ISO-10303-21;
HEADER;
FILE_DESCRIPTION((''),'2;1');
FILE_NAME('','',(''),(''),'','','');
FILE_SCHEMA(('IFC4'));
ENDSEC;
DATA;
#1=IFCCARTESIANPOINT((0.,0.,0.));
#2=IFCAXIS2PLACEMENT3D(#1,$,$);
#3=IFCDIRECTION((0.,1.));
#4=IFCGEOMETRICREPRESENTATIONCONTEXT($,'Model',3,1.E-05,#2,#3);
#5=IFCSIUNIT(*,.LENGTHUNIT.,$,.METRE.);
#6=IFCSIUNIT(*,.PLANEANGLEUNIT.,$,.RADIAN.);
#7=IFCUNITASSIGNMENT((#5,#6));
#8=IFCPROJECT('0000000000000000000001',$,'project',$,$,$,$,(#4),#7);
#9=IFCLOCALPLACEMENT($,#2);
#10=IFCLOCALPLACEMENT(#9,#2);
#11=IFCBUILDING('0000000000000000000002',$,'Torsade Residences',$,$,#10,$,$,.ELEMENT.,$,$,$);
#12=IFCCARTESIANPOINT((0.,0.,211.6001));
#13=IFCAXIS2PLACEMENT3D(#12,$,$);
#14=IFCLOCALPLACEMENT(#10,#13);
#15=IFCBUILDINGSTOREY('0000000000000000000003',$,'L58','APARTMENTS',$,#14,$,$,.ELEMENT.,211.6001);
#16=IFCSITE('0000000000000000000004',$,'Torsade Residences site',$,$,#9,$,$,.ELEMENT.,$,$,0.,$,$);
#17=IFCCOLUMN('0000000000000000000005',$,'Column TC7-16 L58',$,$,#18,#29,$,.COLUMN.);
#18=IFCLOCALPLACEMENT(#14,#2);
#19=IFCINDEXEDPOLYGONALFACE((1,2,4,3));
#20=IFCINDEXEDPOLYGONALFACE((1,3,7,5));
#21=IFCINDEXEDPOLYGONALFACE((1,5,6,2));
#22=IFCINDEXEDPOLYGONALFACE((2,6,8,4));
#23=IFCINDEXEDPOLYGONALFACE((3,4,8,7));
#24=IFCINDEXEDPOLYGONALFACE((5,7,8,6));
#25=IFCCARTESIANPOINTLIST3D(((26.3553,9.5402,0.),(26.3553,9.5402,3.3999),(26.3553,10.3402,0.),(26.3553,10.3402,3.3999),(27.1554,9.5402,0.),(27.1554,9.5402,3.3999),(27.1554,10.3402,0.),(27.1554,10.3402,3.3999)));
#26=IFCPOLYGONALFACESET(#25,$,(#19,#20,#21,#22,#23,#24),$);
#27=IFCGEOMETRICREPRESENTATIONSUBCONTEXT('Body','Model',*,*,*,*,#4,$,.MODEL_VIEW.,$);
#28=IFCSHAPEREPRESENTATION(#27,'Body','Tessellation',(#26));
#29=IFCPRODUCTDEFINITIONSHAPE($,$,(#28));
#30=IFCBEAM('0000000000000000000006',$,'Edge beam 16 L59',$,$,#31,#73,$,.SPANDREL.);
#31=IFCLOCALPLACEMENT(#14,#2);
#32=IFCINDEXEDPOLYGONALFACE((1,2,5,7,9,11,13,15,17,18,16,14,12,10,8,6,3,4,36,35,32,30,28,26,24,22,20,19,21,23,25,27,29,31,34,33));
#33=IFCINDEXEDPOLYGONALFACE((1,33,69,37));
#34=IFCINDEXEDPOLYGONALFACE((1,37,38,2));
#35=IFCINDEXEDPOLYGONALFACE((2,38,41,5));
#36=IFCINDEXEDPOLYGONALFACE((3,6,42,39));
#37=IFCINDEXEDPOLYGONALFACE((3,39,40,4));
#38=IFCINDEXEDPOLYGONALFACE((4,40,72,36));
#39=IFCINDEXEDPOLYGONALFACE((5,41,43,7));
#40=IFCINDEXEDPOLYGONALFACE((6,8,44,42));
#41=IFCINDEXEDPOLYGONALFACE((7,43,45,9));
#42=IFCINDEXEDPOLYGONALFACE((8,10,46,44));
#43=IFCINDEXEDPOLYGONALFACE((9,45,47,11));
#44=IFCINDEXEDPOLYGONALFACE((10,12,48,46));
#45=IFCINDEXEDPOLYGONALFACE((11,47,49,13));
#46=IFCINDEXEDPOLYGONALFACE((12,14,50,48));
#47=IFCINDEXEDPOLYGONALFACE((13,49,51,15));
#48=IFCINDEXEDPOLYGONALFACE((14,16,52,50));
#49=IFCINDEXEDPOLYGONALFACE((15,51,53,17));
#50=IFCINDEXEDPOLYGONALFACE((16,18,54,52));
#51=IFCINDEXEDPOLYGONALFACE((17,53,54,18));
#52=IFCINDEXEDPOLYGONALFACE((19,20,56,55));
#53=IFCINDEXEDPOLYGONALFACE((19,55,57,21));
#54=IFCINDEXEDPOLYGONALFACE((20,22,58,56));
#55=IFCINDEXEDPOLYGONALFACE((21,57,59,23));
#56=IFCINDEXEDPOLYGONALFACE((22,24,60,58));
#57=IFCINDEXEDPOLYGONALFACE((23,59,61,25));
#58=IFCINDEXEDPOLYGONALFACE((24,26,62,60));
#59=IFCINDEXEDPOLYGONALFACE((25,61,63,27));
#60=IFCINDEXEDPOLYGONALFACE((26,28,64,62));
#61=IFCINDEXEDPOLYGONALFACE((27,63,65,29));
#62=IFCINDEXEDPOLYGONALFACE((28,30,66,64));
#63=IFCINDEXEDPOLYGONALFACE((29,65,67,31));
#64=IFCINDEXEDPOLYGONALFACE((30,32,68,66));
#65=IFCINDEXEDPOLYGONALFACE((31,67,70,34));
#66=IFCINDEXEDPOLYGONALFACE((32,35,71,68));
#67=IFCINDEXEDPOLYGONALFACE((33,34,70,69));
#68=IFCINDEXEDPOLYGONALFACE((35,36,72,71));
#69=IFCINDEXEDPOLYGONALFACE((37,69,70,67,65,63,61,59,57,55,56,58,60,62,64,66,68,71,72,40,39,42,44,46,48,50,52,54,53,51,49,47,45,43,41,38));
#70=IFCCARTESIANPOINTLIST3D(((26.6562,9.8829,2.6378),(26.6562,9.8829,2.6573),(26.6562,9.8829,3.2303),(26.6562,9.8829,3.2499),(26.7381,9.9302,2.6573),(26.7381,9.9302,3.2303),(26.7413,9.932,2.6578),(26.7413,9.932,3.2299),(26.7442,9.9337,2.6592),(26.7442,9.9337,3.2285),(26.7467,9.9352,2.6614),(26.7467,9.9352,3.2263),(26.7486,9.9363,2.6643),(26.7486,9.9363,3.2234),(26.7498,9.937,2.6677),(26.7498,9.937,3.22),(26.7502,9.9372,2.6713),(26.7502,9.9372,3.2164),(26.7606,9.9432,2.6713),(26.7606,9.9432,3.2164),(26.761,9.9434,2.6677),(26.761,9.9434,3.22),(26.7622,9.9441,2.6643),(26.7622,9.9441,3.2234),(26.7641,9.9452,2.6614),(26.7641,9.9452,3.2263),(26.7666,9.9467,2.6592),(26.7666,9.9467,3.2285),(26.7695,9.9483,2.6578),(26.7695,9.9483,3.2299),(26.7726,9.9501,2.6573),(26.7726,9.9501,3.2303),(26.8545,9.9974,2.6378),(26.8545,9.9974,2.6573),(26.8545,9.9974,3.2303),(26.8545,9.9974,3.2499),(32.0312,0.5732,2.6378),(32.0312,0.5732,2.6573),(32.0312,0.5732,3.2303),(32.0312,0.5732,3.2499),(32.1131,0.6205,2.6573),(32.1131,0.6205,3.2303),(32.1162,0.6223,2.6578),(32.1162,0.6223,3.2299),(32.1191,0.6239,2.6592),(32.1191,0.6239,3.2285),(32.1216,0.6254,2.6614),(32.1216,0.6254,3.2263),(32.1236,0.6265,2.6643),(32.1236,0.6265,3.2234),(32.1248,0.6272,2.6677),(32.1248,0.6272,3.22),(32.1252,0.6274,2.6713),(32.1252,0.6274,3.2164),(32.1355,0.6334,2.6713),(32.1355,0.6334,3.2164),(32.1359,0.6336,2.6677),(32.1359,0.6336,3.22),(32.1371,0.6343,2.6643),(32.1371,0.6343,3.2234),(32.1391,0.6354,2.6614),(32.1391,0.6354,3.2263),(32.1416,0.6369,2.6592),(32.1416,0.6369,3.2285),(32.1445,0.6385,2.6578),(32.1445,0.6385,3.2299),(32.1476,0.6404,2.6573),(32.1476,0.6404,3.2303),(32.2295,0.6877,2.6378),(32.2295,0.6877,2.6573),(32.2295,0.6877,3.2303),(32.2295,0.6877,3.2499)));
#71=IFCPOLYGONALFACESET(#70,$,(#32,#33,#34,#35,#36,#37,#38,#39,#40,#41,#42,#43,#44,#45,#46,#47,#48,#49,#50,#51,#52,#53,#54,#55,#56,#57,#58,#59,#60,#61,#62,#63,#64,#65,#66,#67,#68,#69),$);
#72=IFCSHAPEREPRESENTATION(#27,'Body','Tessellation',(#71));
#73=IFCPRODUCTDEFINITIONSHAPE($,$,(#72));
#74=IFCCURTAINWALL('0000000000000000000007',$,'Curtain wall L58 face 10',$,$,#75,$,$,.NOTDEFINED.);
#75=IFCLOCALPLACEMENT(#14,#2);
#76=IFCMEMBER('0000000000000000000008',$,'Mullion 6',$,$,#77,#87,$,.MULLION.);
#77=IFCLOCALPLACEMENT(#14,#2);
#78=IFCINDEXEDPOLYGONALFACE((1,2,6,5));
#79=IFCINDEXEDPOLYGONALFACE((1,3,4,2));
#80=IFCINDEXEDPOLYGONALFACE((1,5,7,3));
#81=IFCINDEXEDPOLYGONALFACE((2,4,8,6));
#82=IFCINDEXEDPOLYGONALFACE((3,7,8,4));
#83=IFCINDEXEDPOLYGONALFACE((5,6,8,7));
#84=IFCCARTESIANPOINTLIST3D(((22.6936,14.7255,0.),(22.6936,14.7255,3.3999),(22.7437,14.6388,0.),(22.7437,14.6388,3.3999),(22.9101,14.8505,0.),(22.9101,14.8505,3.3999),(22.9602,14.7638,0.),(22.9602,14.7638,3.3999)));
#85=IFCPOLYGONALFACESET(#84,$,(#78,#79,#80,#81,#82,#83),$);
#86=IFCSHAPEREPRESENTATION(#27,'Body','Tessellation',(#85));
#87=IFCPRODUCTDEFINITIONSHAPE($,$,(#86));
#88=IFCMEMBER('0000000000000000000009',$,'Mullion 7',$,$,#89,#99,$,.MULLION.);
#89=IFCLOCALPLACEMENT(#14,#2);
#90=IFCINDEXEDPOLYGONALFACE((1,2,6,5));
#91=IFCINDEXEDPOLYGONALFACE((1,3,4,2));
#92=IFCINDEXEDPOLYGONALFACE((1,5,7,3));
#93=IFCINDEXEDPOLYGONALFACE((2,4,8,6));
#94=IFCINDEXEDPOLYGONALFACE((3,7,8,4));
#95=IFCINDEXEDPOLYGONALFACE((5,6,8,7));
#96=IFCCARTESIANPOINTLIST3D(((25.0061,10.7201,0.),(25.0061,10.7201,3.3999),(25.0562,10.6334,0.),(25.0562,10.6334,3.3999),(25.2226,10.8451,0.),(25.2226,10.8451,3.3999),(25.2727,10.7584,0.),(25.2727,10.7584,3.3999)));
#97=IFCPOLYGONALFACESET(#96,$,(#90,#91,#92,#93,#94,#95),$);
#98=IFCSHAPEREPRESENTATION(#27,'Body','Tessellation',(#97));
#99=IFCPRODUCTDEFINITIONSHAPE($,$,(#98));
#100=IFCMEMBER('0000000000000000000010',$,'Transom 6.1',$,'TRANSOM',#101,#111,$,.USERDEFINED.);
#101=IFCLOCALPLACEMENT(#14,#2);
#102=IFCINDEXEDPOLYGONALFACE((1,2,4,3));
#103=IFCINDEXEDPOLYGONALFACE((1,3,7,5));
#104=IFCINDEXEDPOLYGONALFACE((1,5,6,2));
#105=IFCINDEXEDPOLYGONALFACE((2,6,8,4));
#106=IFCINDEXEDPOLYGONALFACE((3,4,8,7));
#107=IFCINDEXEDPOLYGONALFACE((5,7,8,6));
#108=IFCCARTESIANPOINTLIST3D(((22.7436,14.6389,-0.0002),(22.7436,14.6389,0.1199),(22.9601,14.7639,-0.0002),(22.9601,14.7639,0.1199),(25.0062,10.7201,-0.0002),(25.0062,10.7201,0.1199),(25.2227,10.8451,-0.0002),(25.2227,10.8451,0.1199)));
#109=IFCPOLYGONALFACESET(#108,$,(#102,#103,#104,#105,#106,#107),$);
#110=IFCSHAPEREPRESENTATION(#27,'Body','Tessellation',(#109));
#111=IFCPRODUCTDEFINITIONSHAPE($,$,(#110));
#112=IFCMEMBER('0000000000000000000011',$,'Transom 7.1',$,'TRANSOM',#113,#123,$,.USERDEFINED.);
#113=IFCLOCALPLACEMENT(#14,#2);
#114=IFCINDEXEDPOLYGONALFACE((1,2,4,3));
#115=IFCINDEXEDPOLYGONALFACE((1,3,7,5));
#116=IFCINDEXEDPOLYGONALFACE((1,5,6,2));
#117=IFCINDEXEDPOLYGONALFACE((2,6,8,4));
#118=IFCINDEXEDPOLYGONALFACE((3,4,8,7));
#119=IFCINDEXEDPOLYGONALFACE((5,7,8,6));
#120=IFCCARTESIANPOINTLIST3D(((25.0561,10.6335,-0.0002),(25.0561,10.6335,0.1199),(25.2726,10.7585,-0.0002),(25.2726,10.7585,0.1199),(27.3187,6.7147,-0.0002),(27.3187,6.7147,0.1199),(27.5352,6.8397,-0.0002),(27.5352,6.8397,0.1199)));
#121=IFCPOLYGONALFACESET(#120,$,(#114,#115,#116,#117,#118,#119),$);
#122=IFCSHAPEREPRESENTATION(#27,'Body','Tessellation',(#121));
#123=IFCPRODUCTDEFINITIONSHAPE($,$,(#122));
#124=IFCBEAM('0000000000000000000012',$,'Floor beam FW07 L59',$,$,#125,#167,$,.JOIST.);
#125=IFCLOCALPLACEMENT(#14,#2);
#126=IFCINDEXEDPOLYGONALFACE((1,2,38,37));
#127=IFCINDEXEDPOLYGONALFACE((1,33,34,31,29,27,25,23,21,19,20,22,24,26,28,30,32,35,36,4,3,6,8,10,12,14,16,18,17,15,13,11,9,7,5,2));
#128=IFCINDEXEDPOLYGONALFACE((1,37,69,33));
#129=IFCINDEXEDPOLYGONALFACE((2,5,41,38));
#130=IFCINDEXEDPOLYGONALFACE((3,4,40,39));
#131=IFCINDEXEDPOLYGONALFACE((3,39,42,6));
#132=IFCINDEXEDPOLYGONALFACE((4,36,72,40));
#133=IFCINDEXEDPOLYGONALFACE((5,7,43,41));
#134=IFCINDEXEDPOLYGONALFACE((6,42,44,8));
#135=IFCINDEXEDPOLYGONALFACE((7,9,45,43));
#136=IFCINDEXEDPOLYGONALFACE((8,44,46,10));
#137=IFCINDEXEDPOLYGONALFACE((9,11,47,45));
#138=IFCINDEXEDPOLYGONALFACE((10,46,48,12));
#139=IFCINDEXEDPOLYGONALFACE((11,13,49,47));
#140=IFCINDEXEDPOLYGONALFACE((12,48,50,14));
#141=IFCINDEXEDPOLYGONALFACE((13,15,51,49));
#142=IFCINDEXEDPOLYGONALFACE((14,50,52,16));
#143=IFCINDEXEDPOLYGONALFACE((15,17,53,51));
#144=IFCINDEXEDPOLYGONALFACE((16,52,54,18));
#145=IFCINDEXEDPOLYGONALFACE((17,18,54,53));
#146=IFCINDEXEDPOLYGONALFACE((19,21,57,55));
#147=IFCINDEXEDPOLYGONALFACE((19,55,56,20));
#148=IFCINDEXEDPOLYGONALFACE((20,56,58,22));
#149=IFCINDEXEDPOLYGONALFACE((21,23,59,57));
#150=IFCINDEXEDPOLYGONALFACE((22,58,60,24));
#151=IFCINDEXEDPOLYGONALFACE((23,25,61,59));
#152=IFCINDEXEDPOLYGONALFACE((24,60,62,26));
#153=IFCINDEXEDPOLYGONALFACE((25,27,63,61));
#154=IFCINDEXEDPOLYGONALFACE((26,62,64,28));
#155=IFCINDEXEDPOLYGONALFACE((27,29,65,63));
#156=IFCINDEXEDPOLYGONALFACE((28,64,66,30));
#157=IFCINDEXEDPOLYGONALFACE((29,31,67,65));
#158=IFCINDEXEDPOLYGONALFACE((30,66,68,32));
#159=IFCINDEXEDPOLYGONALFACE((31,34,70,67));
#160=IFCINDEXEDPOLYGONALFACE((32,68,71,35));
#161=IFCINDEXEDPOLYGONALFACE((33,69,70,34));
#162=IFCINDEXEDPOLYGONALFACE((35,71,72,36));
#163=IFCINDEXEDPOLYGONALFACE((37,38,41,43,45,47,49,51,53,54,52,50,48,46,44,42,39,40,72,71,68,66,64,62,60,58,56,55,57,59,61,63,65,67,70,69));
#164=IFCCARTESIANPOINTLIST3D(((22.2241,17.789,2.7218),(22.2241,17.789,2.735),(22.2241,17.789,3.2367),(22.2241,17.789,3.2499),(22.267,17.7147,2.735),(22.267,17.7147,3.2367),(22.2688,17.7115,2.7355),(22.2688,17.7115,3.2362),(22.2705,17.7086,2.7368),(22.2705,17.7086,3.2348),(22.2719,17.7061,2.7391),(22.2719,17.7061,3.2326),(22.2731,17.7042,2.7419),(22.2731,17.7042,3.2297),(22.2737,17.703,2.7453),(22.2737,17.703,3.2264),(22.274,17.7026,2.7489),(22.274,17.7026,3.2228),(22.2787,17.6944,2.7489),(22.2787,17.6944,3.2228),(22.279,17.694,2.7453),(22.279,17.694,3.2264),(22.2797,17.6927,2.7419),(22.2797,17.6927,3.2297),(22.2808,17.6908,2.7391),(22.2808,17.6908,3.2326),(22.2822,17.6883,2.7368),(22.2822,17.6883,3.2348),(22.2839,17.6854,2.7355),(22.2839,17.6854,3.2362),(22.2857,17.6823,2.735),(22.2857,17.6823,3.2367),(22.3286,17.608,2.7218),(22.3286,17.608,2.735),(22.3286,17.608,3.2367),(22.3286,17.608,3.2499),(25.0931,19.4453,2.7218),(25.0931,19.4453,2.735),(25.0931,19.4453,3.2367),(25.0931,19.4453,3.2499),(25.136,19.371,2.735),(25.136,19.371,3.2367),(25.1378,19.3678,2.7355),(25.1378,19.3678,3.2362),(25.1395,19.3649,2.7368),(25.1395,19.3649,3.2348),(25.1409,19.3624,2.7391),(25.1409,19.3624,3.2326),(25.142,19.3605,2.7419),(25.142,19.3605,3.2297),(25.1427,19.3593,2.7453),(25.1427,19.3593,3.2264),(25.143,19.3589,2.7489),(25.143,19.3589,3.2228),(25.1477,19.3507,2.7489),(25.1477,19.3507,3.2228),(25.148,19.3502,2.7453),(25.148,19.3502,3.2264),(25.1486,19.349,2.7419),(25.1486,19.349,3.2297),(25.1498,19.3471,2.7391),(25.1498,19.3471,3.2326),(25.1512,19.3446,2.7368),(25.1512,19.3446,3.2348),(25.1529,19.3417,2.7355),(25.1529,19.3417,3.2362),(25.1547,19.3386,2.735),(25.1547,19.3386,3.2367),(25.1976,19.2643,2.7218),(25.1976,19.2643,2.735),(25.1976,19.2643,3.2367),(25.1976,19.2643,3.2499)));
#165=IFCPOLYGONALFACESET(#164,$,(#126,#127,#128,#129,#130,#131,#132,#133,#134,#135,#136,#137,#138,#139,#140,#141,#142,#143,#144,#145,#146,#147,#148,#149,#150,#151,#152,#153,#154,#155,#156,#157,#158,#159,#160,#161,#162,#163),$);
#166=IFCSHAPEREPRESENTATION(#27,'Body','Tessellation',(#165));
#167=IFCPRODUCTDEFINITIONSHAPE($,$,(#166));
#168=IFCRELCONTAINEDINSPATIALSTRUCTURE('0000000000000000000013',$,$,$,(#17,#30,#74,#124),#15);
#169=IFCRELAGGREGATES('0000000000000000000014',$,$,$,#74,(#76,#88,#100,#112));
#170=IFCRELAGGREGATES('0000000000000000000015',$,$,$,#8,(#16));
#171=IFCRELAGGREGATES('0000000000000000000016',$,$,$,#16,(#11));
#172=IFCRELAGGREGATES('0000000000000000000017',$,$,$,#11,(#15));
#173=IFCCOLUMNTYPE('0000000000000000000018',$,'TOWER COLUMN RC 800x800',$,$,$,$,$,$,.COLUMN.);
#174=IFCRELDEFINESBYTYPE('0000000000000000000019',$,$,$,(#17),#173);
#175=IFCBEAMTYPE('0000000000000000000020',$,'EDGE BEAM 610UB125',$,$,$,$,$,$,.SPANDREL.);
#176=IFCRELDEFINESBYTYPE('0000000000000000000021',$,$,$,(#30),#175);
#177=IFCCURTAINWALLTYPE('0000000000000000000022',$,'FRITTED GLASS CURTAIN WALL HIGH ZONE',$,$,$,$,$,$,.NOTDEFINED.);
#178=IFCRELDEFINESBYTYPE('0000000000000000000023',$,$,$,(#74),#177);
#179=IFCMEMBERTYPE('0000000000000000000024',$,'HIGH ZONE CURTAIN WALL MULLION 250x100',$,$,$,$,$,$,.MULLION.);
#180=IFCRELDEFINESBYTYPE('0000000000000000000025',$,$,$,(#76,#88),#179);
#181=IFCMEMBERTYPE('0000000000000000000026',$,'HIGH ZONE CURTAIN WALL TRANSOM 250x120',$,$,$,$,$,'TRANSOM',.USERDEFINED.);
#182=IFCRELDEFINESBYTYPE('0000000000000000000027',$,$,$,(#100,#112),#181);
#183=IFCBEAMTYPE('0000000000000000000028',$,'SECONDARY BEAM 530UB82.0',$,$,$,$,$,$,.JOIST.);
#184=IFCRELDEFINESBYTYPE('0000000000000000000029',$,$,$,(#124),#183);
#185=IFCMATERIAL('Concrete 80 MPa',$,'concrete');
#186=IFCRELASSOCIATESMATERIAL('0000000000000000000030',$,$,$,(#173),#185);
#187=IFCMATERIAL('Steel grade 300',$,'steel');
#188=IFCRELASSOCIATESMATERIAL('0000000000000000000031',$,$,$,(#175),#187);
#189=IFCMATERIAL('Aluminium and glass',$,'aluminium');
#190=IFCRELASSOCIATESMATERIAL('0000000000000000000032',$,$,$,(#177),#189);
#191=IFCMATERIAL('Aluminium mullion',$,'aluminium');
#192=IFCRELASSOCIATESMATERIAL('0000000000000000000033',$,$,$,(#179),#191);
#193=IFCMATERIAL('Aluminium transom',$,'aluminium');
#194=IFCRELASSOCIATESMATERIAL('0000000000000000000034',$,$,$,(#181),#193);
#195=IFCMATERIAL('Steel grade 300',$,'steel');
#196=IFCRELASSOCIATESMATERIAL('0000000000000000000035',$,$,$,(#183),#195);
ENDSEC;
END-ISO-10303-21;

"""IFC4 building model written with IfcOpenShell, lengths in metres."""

from ifc_helpers import new_model, si_unit, direction, frame, origin, origin_2d, place, context, subcontext, project, spatial, rectangle, i_section, extrude, material, material_profile, profile_set, type_object, element, aggregate, save


model = new_model("IFC4")

# Units and contexts
model_context = context("Model", 3, precision=1e-05, world=origin(), true_north=direction((0.0, 1.0)))
body_context = subcontext(model_context, "Body", "Model", "MODEL_VIEW")
ifc_project = project(units=[si_unit("LENGTHUNIT", "METRE"), si_unit("PLANEANGLEUNIT", "RADIAN")], contexts=[model_context])

# Site, building, storey
site_placement = place(None, origin())
site = spatial("IfcSite", under=ifc_project, at=site_placement, Name="Torsade Residences site", CompositionType="ELEMENT", RefElevation=0.0)
building_placement = place(site_placement, origin())
building = spatial("IfcBuilding", under=site, at=building_placement, Name="Torsade Residences", CompositionType="ELEMENT")
storey_placement = place(building_placement, frame((0.0, 0.0, 211.6001)))
storey = spatial("IfcBuildingStorey", under=building, at=storey_placement, Name="L58", Description="APARTMENTS", CompositionType="ELEMENT", Elevation=211.6001)

# Column
ifc_material_1 = material(Name="Concrete 80 MPa", Category="concrete")
ifc_material_profile_1 = material_profile(ifc_material_1, rectangle(XDim=0.8, YDim=0.8, at=origin_2d()), Name="RC 800x800")
ifc_profile_set_1 = profile_set([ifc_material_profile_1], Name="Concrete 80 MPa")
column_type = type_object("IfcColumnType", Name="TOWER COLUMN RC 800x800", PredefinedType="COLUMN", material=ifc_profile_set_1)
column_placement = place(storey_placement, frame((26.7554, 9.9402, 0.0), z_axis=(0.0, 0.0, 1.0), x_axis=(1.0, 0.0, 0.0)))
element("IfcColumn", 1, at=column_placement, inside=storey, type_object=column_type, Name="Column TC7-16 L58", PredefinedType="COLUMN", context=body_context, shape_type="SweptSolid", body=[
    extrude(rectangle(XDim=0.8, YDim=0.8, at=origin_2d()), origin(), (0.0, 0.0, 1.0), 3.3999),
])

# Beam
ifc_material_2 = material(Name="Steel grade 300", Category="steel")
ifc_material_profile_2 = material_profile(ifc_material_2, i_section(OverallWidth=0.229, OverallDepth=0.6121, WebThickness=0.012, FlangeThickness=0.0195, FilletRadius=0.0139, at=origin_2d()), Name="610UB125")
ifc_profile_set_2 = profile_set([ifc_material_profile_2], Name="Steel grade 300")
beam_type_1 = type_object("IfcBeamType", Name="EDGE BEAM 610UB125", PredefinedType="SPANDREL", material=ifc_profile_set_2)
beam_1_placement = place(storey_placement, frame((26.7554, 9.9402, 2.9438), z_axis=(0.499998, -0.866026, 0.0), x_axis=(0.866026, 0.499998, 0.0)))
element("IfcBeam", 2, at=beam_1_placement, inside=storey, type_object=beam_type_1, Name="Edge beam 16 L59", PredefinedType="SPANDREL", context=body_context, shape_type="SweptSolid", body=[
    extrude(i_section(OverallWidth=0.229, OverallDepth=0.6121, WebThickness=0.012, FlangeThickness=0.0195, FilletRadius=0.0139, at=origin_2d()), origin(), (0.0, 0.0, 1.0), 10.75),
])

# Curtain wall, members
ifc_material_3 = material(Name="Aluminium and glass", Category="aluminium")
curtain_wall_type = type_object("IfcCurtainWallType", Name="FRITTED GLASS CURTAIN WALL HIGH ZONE", PredefinedType="NOTDEFINED", material=ifc_material_3)
curtain_wall_placement = place(storey_placement, origin())
curtain_wall = element("IfcCurtainWall", 3, at=curtain_wall_placement, inside=storey, type_object=curtain_wall_type, Name="Curtain wall L58 face 10", PredefinedType="NOTDEFINED")
ifc_material_4 = material(Name="Aluminium mullion", Category="aluminium")
ifc_material_profile_3 = material_profile(ifc_material_4, rectangle(XDim=0.25, YDim=0.1001, at=origin_2d()), Name="HIGH ZONE CURTAIN WALL MULLION 250x100")
ifc_profile_set_3 = profile_set([ifc_material_profile_3], Name="Aluminium mullion")
member_type_1 = type_object("IfcMemberType", Name="HIGH ZONE CURTAIN WALL MULLION 250x100", PredefinedType="MULLION", material=ifc_profile_set_3)
member_1_placement = place(storey_placement, frame((22.8269, 14.7446, 0.0), z_axis=(0.0, 0.0, 1.0), x_axis=(0.866025, 0.5, 0.0)))
member_1 = element("IfcMember", 4, at=member_1_placement, type_object=member_type_1, Name="Mullion 6", PredefinedType="MULLION", context=body_context, shape_type="SweptSolid", body=[
    extrude(rectangle(XDim=0.25, YDim=0.1001, at=origin_2d()), origin(), (0.0, 0.0, 1.0), 3.3999),
])
member_2_placement = place(storey_placement, frame((25.1394, 10.7393, 0.0), z_axis=(0.0, 0.0, 1.0), x_axis=(0.866025, 0.5, 0.0)))
member_2 = element("IfcMember", 5, at=member_2_placement, type_object=member_type_1, Name="Mullion 7", PredefinedType="MULLION", context=body_context, shape_type="SweptSolid", body=[
    extrude(rectangle(XDim=0.25, YDim=0.1001, at=origin_2d()), origin(), (0.0, 0.0, 1.0), 3.3999),
])
ifc_material_5 = material(Name="Aluminium transom", Category="aluminium")
ifc_material_profile_4 = material_profile(ifc_material_5, rectangle(XDim=0.25, YDim=0.1201, at=origin_2d()), Name="HIGH ZONE CURTAIN WALL TRANSOM 250x120")
ifc_profile_set_4 = profile_set([ifc_material_profile_4], Name="Aluminium transom")
member_type_2 = type_object("IfcMemberType", Name="HIGH ZONE CURTAIN WALL TRANSOM 250x120", ElementType="TRANSOM", PredefinedType="USERDEFINED", material=ifc_profile_set_4)
member_3_placement = place(storey_placement, frame((22.8518, 14.7014, 0.0598), z_axis=(0.500015, -0.866017, 0.0), x_axis=(0.866017, 0.500015, 0.0)))
member_3 = element("IfcMember", 6, at=member_3_placement, type_object=member_type_2, Name="Transom 6.1", ObjectType="TRANSOM", PredefinedType="USERDEFINED", context=body_context, shape_type="SweptSolid", body=[
    extrude(rectangle(XDim=0.25, YDim=0.1201, at=origin_2d()), origin(), (0.0, 0.0, 1.0), 4.5251),
])
member_4_placement = place(storey_placement, frame((25.1643, 10.696, 0.0598), z_axis=(0.500015, -0.866017, 0.0), x_axis=(0.866017, 0.500015, 0.0)))
member_4 = element("IfcMember", 7, at=member_4_placement, type_object=member_type_2, Name="Transom 7.1", ObjectType="TRANSOM", PredefinedType="USERDEFINED", context=body_context, shape_type="SweptSolid", body=[
    extrude(rectangle(XDim=0.25, YDim=0.1201, at=origin_2d()), origin(), (0.0, 0.0, 1.0), 4.5251),
])

# Beam
ifc_material_6 = material(Name="Steel grade 300", Category="steel")
ifc_material_profile_5 = material_profile(ifc_material_6, i_section(OverallWidth=0.209, OverallDepth=0.5281, WebThickness=0.0095, FlangeThickness=0.0132, FilletRadius=0.0139, at=origin_2d()), Name="530UB82.0")
ifc_profile_set_5 = profile_set([ifc_material_profile_5], Name="Steel grade 300")
beam_type_2 = type_object("IfcBeamType", Name="SECONDARY BEAM 530UB82.0", PredefinedType="JOIST", material=ifc_profile_set_5)
beam_2_placement = place(storey_placement, frame((22.2764, 17.6985, 2.9858), z_axis=(0.86604, 0.499976, 0.0), x_axis=(-0.499976, 0.86604, 0.0)))
element("IfcBeam", 8, at=beam_2_placement, inside=storey, type_object=beam_type_2, Name="Floor beam FW07 L59", PredefinedType="JOIST", context=body_context, shape_type="SweptSolid", body=[
    extrude(i_section(OverallWidth=0.209, OverallDepth=0.5281, WebThickness=0.0095, FlangeThickness=0.0132, FilletRadius=0.0139, at=origin_2d()), origin(), (0.0, 0.0, 1.0), 3.3127),
])

aggregate(curtain_wall, [member_1, member_2, member_3, member_4])

save(model, "model.ifc")
